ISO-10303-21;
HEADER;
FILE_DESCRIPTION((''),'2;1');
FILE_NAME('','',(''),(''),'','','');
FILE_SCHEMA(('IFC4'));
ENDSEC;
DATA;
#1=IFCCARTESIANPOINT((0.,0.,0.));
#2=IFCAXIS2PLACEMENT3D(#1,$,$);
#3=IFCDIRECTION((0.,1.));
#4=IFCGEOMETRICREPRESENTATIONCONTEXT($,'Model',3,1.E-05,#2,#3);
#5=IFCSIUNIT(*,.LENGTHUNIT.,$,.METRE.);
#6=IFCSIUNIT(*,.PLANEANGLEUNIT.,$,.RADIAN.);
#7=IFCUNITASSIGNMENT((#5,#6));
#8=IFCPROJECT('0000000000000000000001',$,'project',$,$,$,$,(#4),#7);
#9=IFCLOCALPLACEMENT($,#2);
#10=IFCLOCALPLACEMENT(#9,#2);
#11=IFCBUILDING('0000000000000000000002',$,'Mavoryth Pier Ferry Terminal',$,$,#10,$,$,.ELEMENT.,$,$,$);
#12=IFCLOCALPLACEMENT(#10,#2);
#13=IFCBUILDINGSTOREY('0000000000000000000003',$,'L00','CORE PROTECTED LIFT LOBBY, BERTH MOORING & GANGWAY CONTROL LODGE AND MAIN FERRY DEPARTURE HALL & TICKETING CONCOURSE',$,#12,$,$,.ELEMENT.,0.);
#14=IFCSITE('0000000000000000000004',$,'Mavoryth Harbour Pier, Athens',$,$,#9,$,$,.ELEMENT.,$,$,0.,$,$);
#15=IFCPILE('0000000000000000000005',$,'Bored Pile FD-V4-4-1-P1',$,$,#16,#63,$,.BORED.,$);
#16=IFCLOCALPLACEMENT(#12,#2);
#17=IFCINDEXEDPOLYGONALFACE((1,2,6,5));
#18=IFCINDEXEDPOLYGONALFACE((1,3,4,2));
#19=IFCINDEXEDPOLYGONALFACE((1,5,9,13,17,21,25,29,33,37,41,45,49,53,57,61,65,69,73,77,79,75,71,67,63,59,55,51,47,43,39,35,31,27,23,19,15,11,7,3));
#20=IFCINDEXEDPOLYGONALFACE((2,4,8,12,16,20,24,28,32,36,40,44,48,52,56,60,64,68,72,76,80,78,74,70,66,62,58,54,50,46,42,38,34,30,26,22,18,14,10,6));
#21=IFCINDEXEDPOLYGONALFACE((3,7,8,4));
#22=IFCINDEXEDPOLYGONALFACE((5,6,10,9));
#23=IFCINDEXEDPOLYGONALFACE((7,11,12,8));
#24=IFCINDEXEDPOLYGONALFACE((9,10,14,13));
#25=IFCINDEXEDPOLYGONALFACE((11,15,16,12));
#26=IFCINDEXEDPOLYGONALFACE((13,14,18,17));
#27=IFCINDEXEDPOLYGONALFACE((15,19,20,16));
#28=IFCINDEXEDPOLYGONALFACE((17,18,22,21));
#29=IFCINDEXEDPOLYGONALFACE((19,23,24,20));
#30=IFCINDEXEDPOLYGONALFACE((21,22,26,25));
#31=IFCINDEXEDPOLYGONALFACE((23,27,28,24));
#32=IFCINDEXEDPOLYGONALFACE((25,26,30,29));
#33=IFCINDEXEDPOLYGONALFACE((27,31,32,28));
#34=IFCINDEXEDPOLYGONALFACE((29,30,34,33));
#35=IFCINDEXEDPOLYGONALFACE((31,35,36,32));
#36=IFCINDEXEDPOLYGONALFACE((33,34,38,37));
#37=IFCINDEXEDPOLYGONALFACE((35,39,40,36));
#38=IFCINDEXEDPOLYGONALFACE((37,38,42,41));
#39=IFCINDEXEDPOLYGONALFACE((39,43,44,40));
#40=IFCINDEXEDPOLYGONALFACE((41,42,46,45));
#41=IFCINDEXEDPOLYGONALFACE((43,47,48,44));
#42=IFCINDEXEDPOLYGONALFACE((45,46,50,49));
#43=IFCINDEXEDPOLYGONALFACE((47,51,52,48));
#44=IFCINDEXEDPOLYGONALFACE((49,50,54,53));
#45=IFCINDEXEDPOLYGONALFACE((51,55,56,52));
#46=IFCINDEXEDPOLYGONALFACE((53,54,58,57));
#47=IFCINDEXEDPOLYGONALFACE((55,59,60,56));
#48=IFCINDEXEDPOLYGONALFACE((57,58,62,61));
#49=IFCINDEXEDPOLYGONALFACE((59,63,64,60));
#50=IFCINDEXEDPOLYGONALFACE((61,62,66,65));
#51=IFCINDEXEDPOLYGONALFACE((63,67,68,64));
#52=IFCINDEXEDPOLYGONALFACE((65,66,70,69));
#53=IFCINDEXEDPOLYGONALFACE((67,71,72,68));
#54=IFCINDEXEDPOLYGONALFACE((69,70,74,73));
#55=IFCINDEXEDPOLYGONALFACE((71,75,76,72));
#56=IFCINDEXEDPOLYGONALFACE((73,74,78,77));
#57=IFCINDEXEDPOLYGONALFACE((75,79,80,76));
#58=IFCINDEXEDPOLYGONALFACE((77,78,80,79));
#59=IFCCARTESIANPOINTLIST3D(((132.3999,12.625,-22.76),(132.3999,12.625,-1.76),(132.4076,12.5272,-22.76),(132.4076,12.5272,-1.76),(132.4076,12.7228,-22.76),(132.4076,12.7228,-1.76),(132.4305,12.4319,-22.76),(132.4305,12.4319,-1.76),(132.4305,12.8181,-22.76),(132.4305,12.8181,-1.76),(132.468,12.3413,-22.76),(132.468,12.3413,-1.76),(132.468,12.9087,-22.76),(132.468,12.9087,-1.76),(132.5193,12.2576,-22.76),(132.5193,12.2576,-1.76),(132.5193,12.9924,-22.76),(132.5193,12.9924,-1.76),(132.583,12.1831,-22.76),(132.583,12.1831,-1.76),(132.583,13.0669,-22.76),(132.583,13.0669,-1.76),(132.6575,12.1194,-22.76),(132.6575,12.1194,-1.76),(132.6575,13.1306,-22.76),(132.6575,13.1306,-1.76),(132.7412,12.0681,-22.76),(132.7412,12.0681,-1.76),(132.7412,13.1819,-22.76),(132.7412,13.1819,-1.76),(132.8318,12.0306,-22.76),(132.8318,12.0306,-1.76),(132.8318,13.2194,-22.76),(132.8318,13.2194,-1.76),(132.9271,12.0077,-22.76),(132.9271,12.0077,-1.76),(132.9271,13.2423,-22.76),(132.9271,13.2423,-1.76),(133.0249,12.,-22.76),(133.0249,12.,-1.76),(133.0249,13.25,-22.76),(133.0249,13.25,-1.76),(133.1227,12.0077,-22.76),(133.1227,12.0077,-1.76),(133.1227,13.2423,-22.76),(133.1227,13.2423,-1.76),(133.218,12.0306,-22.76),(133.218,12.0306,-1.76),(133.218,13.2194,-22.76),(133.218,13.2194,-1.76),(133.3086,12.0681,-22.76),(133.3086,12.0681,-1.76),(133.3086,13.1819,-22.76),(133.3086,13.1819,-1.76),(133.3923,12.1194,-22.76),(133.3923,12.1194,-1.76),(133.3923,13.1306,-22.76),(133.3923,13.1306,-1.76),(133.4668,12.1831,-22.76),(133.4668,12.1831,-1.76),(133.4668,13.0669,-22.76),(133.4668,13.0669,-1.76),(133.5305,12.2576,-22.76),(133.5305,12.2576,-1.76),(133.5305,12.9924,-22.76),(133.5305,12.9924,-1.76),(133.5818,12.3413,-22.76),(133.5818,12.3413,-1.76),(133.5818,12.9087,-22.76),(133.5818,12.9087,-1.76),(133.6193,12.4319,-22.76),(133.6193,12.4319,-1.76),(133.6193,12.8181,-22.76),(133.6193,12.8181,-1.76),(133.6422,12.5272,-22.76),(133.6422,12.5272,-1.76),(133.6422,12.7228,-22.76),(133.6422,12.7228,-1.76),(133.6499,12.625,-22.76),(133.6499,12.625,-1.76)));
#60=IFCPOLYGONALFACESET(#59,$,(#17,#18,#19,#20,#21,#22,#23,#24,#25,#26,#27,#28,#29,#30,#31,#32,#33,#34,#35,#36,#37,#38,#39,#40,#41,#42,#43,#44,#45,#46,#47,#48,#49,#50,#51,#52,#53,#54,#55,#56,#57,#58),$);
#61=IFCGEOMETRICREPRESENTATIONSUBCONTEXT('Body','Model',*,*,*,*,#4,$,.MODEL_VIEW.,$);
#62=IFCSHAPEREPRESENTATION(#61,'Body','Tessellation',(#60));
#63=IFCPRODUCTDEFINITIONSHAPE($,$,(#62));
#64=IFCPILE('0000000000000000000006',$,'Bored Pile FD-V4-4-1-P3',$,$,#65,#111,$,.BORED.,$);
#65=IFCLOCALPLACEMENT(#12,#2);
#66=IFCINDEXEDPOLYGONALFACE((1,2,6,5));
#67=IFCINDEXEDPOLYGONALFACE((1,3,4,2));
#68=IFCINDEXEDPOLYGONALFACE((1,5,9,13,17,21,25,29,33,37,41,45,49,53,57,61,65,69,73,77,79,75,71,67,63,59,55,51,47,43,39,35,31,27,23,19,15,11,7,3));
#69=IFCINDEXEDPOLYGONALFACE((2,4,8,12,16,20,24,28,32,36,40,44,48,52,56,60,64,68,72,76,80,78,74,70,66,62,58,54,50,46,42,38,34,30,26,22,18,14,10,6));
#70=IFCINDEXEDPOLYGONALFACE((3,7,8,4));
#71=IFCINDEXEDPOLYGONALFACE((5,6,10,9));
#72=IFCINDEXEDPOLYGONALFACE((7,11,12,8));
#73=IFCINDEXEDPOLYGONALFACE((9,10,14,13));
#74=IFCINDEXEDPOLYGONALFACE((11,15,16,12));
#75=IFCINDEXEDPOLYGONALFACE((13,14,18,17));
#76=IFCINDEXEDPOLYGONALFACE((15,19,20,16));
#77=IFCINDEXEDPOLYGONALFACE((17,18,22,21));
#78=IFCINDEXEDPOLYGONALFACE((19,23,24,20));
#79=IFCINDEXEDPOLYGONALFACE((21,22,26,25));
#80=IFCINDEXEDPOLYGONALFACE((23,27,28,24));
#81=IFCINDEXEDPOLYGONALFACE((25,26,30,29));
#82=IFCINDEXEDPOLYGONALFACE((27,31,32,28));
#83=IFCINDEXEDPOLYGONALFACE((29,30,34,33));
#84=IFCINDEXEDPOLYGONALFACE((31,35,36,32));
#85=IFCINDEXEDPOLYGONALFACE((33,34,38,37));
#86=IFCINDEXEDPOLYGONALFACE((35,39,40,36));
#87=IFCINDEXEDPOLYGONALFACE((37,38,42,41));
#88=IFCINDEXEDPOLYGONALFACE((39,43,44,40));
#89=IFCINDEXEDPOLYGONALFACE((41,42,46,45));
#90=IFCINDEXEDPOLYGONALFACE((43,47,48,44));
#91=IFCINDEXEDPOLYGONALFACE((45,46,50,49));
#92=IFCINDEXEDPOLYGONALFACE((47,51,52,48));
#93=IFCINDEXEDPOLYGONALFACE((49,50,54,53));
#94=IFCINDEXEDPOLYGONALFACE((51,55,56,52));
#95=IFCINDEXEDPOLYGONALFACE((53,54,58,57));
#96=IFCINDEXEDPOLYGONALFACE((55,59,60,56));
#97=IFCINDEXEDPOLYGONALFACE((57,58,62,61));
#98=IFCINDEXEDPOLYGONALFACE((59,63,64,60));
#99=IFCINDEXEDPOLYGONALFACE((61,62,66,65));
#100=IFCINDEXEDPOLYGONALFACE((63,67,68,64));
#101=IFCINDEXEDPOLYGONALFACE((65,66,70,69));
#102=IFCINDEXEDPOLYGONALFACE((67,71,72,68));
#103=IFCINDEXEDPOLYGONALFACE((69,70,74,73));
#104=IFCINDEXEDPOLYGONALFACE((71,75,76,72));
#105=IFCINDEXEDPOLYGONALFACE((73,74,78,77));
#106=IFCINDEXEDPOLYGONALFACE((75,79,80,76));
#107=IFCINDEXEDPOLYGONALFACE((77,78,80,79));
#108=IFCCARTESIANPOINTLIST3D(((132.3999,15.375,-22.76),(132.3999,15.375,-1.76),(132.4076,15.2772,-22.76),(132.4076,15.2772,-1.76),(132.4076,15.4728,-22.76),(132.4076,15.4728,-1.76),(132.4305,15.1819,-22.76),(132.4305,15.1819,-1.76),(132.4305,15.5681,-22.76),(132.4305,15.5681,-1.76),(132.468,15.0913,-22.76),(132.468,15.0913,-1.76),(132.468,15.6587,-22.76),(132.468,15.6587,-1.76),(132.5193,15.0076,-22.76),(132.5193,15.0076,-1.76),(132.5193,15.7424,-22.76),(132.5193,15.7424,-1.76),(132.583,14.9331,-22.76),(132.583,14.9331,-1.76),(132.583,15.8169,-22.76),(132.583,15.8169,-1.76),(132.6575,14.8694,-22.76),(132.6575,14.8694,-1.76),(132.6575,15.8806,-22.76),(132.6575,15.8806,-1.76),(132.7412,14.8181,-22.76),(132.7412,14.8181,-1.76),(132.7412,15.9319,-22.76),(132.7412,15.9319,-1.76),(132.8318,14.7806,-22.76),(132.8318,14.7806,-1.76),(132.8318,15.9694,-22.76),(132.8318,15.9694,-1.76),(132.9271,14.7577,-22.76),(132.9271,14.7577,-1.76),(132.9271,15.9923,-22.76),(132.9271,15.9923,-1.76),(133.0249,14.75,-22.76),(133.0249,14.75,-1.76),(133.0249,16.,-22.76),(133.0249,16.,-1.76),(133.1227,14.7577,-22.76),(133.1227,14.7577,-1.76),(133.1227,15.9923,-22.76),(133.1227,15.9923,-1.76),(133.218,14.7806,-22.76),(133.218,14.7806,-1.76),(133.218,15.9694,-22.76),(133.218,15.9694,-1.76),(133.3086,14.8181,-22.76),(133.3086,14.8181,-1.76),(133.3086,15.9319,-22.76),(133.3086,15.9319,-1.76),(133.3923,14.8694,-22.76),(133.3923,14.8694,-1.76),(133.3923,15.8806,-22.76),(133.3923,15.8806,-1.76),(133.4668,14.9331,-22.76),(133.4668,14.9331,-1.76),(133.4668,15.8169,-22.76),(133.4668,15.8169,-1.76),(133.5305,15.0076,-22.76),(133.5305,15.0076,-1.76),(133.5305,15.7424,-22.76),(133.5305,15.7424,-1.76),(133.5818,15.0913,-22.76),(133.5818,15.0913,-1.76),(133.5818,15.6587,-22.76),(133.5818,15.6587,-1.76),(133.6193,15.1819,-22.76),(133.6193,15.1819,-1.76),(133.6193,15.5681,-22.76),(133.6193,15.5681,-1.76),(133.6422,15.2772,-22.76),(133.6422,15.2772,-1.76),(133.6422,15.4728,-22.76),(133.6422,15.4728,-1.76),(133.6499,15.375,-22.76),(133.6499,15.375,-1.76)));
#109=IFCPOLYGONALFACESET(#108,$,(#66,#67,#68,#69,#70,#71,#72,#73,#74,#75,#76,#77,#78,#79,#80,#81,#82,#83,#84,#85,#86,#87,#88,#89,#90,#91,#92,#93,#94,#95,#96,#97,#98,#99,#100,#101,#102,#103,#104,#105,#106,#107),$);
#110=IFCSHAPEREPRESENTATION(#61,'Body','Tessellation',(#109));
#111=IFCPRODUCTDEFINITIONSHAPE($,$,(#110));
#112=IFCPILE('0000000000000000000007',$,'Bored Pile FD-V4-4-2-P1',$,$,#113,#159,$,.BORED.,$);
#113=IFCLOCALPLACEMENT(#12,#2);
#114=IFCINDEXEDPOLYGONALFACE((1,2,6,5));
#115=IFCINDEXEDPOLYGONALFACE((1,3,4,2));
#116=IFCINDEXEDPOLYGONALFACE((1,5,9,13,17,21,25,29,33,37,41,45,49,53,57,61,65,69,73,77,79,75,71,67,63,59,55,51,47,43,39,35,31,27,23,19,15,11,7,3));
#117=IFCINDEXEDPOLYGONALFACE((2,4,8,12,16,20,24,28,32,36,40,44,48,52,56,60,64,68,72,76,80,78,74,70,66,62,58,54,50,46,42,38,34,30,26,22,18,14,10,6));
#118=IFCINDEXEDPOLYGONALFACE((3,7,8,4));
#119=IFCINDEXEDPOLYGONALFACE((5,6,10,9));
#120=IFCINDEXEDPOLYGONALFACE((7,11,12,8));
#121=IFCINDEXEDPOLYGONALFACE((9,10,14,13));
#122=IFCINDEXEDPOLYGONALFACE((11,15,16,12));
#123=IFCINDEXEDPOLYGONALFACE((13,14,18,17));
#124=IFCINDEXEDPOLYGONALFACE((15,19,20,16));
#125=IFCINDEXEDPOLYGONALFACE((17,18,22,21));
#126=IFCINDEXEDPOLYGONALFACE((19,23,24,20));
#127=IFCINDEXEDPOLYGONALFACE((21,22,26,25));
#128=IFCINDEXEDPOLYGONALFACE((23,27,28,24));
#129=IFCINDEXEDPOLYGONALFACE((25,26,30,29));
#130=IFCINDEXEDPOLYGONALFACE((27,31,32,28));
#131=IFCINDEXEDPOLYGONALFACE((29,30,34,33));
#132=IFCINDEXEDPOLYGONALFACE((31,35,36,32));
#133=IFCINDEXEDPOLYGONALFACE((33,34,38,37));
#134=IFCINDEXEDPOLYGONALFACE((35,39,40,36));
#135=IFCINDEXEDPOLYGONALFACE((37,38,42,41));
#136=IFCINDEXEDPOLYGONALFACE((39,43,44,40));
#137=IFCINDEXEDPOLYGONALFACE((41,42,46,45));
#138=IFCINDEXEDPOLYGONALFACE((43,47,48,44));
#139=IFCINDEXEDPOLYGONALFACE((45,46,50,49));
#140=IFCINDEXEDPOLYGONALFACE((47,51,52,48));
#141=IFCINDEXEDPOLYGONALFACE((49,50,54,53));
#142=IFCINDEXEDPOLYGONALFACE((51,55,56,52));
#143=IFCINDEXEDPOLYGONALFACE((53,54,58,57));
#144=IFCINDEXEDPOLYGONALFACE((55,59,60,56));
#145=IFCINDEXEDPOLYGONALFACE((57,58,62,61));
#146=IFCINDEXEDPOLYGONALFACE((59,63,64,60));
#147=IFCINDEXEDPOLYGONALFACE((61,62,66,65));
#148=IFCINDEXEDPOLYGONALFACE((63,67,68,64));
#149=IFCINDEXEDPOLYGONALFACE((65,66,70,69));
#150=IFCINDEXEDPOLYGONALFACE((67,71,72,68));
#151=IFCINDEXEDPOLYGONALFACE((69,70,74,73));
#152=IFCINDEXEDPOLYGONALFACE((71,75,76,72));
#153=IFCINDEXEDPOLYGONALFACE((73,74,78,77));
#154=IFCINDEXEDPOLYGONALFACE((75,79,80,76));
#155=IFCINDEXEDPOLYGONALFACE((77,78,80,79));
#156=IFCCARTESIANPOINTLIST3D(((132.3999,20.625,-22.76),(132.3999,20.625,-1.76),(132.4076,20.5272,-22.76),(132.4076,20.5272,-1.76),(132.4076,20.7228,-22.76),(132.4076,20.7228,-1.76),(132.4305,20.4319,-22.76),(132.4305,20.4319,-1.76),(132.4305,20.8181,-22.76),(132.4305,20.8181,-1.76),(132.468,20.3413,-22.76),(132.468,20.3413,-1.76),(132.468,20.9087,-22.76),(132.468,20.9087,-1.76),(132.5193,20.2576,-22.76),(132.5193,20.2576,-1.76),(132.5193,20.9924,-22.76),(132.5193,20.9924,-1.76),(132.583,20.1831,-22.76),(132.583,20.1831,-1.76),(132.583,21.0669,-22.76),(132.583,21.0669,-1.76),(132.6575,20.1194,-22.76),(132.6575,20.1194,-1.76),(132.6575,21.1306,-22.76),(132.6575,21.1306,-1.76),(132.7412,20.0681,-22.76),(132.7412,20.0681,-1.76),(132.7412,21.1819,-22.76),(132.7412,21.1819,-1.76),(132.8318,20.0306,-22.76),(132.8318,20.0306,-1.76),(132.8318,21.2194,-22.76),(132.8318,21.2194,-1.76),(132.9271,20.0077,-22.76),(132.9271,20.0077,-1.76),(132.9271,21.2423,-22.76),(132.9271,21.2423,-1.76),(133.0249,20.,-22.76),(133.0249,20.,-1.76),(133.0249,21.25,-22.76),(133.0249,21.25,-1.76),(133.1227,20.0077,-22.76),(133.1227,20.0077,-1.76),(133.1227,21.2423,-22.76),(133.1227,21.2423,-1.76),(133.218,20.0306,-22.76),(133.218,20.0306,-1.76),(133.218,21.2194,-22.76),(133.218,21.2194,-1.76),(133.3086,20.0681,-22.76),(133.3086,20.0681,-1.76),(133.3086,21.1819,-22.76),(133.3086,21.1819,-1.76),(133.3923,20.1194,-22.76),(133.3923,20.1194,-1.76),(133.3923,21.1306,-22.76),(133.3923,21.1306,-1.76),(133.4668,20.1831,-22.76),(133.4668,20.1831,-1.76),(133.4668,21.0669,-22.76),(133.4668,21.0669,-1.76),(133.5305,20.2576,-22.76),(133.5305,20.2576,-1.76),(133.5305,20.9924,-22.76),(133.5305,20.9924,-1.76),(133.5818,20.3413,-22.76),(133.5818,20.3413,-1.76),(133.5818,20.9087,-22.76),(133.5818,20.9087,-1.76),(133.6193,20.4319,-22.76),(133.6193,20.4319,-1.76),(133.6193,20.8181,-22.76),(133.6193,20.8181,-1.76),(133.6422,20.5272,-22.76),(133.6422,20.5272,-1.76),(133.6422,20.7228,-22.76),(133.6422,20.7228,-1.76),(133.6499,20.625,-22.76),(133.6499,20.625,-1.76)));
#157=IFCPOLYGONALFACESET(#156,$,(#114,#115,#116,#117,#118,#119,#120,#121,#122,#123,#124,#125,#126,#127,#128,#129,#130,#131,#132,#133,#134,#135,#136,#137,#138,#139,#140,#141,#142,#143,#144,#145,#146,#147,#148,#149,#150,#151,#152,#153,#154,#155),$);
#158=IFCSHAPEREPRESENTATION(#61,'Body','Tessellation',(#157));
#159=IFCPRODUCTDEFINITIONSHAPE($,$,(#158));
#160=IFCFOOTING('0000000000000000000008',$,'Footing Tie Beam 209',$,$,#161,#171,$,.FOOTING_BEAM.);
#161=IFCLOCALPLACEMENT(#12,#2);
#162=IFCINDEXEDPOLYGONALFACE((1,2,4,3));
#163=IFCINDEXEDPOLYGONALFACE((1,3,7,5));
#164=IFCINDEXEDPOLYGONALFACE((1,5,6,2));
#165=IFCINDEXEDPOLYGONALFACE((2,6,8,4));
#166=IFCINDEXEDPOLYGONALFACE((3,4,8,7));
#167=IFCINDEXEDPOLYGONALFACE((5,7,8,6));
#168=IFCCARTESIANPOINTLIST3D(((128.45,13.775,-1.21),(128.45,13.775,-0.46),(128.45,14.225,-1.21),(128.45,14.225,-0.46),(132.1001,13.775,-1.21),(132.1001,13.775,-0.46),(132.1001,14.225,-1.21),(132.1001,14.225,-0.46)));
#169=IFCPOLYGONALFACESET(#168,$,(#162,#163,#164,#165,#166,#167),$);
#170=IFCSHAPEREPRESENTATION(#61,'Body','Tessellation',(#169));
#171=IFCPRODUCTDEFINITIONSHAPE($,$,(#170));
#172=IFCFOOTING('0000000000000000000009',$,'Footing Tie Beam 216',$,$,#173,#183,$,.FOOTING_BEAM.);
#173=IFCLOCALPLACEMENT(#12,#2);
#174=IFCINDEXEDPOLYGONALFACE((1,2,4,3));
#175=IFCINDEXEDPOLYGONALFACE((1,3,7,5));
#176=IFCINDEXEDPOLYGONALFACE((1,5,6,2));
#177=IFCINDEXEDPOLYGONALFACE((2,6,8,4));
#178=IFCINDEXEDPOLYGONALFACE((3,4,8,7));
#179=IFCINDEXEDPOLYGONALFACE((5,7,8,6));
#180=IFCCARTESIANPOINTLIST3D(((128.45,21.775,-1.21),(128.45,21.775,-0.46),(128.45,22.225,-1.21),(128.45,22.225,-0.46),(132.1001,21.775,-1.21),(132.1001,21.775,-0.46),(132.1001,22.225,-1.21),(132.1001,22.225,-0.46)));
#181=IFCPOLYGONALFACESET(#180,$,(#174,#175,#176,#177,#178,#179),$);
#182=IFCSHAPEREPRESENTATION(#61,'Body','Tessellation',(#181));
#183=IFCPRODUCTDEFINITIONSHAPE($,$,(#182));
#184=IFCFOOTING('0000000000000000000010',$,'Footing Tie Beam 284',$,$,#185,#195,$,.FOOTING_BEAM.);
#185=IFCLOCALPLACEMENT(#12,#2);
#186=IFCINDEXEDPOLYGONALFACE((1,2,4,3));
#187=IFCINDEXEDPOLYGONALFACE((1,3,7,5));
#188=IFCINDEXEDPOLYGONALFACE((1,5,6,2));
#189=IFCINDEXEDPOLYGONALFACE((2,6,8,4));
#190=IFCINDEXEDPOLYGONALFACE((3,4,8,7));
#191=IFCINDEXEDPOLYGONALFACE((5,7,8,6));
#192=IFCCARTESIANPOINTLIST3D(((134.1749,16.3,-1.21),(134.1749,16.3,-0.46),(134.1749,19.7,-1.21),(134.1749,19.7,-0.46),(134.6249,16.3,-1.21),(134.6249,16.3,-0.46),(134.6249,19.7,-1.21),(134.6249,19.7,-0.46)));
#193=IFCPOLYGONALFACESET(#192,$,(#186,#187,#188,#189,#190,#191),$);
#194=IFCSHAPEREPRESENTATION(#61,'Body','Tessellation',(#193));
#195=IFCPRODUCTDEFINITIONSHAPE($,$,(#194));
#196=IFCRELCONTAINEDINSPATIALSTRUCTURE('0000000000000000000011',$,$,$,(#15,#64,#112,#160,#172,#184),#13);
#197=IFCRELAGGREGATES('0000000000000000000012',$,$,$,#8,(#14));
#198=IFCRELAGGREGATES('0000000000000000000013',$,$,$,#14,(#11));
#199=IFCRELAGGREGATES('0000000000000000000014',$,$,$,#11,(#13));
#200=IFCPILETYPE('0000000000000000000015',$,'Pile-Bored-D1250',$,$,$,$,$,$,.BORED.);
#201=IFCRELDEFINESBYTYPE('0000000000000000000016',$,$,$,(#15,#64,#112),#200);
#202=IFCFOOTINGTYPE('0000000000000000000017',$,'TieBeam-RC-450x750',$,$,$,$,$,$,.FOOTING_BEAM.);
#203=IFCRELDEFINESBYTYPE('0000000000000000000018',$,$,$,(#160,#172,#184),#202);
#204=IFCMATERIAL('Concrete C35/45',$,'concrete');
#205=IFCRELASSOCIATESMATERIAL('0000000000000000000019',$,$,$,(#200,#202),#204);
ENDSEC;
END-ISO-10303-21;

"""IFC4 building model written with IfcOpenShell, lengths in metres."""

from ifc_helpers import new_model, si_unit, direction, frame, origin, origin_2d, place, context, subcontext, project, spatial, rectangle, circle, extrude, material, material_profile, profile_set, type_object, element, save


model = new_model("IFC4")

# Units and contexts
model_context = context("Model", 3, precision=1e-05, world=origin(), true_north=direction((0.0, 1.0)))
body_context = subcontext(model_context, "Body", "Model", "MODEL_VIEW")
ifc_project = project(units=[si_unit("LENGTHUNIT", "METRE"), si_unit("PLANEANGLEUNIT", "RADIAN")], contexts=[model_context])

# Site, building, storey
site_placement = place(None, origin())
site = spatial("IfcSite", under=ifc_project, at=site_placement, Name="Mavoryth Harbour Pier, Athens", CompositionType="ELEMENT", RefElevation=0.0)
building_placement = place(site_placement, origin())
building = spatial("IfcBuilding", under=site, at=building_placement, Name="Mavoryth Pier Ferry Terminal", CompositionType="ELEMENT")
storey_placement = place(building_placement, origin())
storey = spatial("IfcBuildingStorey", under=building, at=storey_placement, Name="L00", Description="CORE PROTECTED LIFT LOBBY, BERTH MOORING & GANGWAY CONTROL LODGE AND MAIN FERRY DEPARTURE HALL & TICKETING CONCOURSE", CompositionType="ELEMENT", Elevation=0.0)

# Shared definitions
ifc_material_1 = material(Name="Concrete C35/45", Category="concrete")

# Piles
ifc_material_profile_1 = material_profile(ifc_material_1, circle(Radius=0.625, at=origin_2d()), Name="PILE D1250", Category="concrete")
ifc_profile_set_1 = profile_set([ifc_material_profile_1], Name="Concrete C35/45 - PILE D1250")
pile_type = type_object("IfcPileType", Name="Pile-Bored-D1250", PredefinedType="BORED", material=ifc_profile_set_1)
for number, where, z_axis, x_axis, name in (
    (1, (133.0249, 12.625, -1.76), (0.0, 0.0, -1.0), (1.0, 0.0, 0.0), "Bored Pile FD-V4-4-1-P1"),
    (2, (133.0249, 15.375, -1.76), (0.0, 0.0, -1.0), (1.0, 0.0, 0.0), "Bored Pile FD-V4-4-1-P3"),
    (3, (133.0249, 20.625, -1.76), (0.0, 0.0, -1.0), (1.0, 0.0, 0.0), "Bored Pile FD-V4-4-2-P1"),
):
    element("IfcPile", number, at=place(storey_placement, frame(where, z_axis=z_axis, x_axis=x_axis)), inside=storey, type_object=pile_type, Name=name, PredefinedType="BORED", context=body_context, shape_type="SweptSolid", body=[
        extrude(circle(Radius=0.625, at=origin_2d()), origin(), (0.0, 0.0, 1.0), 21.0),
    ])

# Footings
ifc_material_profile_2 = material_profile(ifc_material_1, rectangle(XDim=0.45, YDim=0.75, at=origin_2d()), Name="RC 450x750", Category="concrete")
ifc_profile_set_2 = profile_set([ifc_material_profile_2], Name="Concrete C35/45 - RC 450x750")
footing_type_1 = type_object("IfcFootingType", Name="TieBeam-RC-450x750", PredefinedType="FOOTING_BEAM", material=ifc_profile_set_2)
for number, where, z_axis, x_axis, name in (
    (4, (128.45, 14.0, -0.835), (1.0, 0.0, 0.0), (0.0, 1.0, 0.0), "Footing Tie Beam 209"),
    (5, (128.45, 22.0, -0.835), (1.0, 0.0, 0.0), (0.0, 1.0, 0.0), "Footing Tie Beam 216"),
):
    element("IfcFooting", number, at=place(storey_placement, frame(where, z_axis=z_axis, x_axis=x_axis)), inside=storey, type_object=footing_type_1, Name=name, PredefinedType="FOOTING_BEAM", context=body_context, shape_type="SweptSolid", body=[
        extrude(rectangle(XDim=0.45, YDim=0.75, at=origin_2d()), origin(), (0.0, 0.0, 1.0), 3.6501),
    ])
footing_1_placement = place(storey_placement, frame((134.3999, 16.3, -0.835), z_axis=(0.0, 1.0, 0.0), x_axis=(-1.0, 0.0, 0.0)))
element("IfcFooting", 6, at=footing_1_placement, inside=storey, type_object=footing_type_1, Name="Footing Tie Beam 284", PredefinedType="FOOTING_BEAM", context=body_context, shape_type="SweptSolid", body=[
    extrude(rectangle(XDim=0.45, YDim=0.75, at=origin_2d()), origin(), (0.0, 0.0, 1.0), 3.3999),
])

save(model, "model.ifc")
